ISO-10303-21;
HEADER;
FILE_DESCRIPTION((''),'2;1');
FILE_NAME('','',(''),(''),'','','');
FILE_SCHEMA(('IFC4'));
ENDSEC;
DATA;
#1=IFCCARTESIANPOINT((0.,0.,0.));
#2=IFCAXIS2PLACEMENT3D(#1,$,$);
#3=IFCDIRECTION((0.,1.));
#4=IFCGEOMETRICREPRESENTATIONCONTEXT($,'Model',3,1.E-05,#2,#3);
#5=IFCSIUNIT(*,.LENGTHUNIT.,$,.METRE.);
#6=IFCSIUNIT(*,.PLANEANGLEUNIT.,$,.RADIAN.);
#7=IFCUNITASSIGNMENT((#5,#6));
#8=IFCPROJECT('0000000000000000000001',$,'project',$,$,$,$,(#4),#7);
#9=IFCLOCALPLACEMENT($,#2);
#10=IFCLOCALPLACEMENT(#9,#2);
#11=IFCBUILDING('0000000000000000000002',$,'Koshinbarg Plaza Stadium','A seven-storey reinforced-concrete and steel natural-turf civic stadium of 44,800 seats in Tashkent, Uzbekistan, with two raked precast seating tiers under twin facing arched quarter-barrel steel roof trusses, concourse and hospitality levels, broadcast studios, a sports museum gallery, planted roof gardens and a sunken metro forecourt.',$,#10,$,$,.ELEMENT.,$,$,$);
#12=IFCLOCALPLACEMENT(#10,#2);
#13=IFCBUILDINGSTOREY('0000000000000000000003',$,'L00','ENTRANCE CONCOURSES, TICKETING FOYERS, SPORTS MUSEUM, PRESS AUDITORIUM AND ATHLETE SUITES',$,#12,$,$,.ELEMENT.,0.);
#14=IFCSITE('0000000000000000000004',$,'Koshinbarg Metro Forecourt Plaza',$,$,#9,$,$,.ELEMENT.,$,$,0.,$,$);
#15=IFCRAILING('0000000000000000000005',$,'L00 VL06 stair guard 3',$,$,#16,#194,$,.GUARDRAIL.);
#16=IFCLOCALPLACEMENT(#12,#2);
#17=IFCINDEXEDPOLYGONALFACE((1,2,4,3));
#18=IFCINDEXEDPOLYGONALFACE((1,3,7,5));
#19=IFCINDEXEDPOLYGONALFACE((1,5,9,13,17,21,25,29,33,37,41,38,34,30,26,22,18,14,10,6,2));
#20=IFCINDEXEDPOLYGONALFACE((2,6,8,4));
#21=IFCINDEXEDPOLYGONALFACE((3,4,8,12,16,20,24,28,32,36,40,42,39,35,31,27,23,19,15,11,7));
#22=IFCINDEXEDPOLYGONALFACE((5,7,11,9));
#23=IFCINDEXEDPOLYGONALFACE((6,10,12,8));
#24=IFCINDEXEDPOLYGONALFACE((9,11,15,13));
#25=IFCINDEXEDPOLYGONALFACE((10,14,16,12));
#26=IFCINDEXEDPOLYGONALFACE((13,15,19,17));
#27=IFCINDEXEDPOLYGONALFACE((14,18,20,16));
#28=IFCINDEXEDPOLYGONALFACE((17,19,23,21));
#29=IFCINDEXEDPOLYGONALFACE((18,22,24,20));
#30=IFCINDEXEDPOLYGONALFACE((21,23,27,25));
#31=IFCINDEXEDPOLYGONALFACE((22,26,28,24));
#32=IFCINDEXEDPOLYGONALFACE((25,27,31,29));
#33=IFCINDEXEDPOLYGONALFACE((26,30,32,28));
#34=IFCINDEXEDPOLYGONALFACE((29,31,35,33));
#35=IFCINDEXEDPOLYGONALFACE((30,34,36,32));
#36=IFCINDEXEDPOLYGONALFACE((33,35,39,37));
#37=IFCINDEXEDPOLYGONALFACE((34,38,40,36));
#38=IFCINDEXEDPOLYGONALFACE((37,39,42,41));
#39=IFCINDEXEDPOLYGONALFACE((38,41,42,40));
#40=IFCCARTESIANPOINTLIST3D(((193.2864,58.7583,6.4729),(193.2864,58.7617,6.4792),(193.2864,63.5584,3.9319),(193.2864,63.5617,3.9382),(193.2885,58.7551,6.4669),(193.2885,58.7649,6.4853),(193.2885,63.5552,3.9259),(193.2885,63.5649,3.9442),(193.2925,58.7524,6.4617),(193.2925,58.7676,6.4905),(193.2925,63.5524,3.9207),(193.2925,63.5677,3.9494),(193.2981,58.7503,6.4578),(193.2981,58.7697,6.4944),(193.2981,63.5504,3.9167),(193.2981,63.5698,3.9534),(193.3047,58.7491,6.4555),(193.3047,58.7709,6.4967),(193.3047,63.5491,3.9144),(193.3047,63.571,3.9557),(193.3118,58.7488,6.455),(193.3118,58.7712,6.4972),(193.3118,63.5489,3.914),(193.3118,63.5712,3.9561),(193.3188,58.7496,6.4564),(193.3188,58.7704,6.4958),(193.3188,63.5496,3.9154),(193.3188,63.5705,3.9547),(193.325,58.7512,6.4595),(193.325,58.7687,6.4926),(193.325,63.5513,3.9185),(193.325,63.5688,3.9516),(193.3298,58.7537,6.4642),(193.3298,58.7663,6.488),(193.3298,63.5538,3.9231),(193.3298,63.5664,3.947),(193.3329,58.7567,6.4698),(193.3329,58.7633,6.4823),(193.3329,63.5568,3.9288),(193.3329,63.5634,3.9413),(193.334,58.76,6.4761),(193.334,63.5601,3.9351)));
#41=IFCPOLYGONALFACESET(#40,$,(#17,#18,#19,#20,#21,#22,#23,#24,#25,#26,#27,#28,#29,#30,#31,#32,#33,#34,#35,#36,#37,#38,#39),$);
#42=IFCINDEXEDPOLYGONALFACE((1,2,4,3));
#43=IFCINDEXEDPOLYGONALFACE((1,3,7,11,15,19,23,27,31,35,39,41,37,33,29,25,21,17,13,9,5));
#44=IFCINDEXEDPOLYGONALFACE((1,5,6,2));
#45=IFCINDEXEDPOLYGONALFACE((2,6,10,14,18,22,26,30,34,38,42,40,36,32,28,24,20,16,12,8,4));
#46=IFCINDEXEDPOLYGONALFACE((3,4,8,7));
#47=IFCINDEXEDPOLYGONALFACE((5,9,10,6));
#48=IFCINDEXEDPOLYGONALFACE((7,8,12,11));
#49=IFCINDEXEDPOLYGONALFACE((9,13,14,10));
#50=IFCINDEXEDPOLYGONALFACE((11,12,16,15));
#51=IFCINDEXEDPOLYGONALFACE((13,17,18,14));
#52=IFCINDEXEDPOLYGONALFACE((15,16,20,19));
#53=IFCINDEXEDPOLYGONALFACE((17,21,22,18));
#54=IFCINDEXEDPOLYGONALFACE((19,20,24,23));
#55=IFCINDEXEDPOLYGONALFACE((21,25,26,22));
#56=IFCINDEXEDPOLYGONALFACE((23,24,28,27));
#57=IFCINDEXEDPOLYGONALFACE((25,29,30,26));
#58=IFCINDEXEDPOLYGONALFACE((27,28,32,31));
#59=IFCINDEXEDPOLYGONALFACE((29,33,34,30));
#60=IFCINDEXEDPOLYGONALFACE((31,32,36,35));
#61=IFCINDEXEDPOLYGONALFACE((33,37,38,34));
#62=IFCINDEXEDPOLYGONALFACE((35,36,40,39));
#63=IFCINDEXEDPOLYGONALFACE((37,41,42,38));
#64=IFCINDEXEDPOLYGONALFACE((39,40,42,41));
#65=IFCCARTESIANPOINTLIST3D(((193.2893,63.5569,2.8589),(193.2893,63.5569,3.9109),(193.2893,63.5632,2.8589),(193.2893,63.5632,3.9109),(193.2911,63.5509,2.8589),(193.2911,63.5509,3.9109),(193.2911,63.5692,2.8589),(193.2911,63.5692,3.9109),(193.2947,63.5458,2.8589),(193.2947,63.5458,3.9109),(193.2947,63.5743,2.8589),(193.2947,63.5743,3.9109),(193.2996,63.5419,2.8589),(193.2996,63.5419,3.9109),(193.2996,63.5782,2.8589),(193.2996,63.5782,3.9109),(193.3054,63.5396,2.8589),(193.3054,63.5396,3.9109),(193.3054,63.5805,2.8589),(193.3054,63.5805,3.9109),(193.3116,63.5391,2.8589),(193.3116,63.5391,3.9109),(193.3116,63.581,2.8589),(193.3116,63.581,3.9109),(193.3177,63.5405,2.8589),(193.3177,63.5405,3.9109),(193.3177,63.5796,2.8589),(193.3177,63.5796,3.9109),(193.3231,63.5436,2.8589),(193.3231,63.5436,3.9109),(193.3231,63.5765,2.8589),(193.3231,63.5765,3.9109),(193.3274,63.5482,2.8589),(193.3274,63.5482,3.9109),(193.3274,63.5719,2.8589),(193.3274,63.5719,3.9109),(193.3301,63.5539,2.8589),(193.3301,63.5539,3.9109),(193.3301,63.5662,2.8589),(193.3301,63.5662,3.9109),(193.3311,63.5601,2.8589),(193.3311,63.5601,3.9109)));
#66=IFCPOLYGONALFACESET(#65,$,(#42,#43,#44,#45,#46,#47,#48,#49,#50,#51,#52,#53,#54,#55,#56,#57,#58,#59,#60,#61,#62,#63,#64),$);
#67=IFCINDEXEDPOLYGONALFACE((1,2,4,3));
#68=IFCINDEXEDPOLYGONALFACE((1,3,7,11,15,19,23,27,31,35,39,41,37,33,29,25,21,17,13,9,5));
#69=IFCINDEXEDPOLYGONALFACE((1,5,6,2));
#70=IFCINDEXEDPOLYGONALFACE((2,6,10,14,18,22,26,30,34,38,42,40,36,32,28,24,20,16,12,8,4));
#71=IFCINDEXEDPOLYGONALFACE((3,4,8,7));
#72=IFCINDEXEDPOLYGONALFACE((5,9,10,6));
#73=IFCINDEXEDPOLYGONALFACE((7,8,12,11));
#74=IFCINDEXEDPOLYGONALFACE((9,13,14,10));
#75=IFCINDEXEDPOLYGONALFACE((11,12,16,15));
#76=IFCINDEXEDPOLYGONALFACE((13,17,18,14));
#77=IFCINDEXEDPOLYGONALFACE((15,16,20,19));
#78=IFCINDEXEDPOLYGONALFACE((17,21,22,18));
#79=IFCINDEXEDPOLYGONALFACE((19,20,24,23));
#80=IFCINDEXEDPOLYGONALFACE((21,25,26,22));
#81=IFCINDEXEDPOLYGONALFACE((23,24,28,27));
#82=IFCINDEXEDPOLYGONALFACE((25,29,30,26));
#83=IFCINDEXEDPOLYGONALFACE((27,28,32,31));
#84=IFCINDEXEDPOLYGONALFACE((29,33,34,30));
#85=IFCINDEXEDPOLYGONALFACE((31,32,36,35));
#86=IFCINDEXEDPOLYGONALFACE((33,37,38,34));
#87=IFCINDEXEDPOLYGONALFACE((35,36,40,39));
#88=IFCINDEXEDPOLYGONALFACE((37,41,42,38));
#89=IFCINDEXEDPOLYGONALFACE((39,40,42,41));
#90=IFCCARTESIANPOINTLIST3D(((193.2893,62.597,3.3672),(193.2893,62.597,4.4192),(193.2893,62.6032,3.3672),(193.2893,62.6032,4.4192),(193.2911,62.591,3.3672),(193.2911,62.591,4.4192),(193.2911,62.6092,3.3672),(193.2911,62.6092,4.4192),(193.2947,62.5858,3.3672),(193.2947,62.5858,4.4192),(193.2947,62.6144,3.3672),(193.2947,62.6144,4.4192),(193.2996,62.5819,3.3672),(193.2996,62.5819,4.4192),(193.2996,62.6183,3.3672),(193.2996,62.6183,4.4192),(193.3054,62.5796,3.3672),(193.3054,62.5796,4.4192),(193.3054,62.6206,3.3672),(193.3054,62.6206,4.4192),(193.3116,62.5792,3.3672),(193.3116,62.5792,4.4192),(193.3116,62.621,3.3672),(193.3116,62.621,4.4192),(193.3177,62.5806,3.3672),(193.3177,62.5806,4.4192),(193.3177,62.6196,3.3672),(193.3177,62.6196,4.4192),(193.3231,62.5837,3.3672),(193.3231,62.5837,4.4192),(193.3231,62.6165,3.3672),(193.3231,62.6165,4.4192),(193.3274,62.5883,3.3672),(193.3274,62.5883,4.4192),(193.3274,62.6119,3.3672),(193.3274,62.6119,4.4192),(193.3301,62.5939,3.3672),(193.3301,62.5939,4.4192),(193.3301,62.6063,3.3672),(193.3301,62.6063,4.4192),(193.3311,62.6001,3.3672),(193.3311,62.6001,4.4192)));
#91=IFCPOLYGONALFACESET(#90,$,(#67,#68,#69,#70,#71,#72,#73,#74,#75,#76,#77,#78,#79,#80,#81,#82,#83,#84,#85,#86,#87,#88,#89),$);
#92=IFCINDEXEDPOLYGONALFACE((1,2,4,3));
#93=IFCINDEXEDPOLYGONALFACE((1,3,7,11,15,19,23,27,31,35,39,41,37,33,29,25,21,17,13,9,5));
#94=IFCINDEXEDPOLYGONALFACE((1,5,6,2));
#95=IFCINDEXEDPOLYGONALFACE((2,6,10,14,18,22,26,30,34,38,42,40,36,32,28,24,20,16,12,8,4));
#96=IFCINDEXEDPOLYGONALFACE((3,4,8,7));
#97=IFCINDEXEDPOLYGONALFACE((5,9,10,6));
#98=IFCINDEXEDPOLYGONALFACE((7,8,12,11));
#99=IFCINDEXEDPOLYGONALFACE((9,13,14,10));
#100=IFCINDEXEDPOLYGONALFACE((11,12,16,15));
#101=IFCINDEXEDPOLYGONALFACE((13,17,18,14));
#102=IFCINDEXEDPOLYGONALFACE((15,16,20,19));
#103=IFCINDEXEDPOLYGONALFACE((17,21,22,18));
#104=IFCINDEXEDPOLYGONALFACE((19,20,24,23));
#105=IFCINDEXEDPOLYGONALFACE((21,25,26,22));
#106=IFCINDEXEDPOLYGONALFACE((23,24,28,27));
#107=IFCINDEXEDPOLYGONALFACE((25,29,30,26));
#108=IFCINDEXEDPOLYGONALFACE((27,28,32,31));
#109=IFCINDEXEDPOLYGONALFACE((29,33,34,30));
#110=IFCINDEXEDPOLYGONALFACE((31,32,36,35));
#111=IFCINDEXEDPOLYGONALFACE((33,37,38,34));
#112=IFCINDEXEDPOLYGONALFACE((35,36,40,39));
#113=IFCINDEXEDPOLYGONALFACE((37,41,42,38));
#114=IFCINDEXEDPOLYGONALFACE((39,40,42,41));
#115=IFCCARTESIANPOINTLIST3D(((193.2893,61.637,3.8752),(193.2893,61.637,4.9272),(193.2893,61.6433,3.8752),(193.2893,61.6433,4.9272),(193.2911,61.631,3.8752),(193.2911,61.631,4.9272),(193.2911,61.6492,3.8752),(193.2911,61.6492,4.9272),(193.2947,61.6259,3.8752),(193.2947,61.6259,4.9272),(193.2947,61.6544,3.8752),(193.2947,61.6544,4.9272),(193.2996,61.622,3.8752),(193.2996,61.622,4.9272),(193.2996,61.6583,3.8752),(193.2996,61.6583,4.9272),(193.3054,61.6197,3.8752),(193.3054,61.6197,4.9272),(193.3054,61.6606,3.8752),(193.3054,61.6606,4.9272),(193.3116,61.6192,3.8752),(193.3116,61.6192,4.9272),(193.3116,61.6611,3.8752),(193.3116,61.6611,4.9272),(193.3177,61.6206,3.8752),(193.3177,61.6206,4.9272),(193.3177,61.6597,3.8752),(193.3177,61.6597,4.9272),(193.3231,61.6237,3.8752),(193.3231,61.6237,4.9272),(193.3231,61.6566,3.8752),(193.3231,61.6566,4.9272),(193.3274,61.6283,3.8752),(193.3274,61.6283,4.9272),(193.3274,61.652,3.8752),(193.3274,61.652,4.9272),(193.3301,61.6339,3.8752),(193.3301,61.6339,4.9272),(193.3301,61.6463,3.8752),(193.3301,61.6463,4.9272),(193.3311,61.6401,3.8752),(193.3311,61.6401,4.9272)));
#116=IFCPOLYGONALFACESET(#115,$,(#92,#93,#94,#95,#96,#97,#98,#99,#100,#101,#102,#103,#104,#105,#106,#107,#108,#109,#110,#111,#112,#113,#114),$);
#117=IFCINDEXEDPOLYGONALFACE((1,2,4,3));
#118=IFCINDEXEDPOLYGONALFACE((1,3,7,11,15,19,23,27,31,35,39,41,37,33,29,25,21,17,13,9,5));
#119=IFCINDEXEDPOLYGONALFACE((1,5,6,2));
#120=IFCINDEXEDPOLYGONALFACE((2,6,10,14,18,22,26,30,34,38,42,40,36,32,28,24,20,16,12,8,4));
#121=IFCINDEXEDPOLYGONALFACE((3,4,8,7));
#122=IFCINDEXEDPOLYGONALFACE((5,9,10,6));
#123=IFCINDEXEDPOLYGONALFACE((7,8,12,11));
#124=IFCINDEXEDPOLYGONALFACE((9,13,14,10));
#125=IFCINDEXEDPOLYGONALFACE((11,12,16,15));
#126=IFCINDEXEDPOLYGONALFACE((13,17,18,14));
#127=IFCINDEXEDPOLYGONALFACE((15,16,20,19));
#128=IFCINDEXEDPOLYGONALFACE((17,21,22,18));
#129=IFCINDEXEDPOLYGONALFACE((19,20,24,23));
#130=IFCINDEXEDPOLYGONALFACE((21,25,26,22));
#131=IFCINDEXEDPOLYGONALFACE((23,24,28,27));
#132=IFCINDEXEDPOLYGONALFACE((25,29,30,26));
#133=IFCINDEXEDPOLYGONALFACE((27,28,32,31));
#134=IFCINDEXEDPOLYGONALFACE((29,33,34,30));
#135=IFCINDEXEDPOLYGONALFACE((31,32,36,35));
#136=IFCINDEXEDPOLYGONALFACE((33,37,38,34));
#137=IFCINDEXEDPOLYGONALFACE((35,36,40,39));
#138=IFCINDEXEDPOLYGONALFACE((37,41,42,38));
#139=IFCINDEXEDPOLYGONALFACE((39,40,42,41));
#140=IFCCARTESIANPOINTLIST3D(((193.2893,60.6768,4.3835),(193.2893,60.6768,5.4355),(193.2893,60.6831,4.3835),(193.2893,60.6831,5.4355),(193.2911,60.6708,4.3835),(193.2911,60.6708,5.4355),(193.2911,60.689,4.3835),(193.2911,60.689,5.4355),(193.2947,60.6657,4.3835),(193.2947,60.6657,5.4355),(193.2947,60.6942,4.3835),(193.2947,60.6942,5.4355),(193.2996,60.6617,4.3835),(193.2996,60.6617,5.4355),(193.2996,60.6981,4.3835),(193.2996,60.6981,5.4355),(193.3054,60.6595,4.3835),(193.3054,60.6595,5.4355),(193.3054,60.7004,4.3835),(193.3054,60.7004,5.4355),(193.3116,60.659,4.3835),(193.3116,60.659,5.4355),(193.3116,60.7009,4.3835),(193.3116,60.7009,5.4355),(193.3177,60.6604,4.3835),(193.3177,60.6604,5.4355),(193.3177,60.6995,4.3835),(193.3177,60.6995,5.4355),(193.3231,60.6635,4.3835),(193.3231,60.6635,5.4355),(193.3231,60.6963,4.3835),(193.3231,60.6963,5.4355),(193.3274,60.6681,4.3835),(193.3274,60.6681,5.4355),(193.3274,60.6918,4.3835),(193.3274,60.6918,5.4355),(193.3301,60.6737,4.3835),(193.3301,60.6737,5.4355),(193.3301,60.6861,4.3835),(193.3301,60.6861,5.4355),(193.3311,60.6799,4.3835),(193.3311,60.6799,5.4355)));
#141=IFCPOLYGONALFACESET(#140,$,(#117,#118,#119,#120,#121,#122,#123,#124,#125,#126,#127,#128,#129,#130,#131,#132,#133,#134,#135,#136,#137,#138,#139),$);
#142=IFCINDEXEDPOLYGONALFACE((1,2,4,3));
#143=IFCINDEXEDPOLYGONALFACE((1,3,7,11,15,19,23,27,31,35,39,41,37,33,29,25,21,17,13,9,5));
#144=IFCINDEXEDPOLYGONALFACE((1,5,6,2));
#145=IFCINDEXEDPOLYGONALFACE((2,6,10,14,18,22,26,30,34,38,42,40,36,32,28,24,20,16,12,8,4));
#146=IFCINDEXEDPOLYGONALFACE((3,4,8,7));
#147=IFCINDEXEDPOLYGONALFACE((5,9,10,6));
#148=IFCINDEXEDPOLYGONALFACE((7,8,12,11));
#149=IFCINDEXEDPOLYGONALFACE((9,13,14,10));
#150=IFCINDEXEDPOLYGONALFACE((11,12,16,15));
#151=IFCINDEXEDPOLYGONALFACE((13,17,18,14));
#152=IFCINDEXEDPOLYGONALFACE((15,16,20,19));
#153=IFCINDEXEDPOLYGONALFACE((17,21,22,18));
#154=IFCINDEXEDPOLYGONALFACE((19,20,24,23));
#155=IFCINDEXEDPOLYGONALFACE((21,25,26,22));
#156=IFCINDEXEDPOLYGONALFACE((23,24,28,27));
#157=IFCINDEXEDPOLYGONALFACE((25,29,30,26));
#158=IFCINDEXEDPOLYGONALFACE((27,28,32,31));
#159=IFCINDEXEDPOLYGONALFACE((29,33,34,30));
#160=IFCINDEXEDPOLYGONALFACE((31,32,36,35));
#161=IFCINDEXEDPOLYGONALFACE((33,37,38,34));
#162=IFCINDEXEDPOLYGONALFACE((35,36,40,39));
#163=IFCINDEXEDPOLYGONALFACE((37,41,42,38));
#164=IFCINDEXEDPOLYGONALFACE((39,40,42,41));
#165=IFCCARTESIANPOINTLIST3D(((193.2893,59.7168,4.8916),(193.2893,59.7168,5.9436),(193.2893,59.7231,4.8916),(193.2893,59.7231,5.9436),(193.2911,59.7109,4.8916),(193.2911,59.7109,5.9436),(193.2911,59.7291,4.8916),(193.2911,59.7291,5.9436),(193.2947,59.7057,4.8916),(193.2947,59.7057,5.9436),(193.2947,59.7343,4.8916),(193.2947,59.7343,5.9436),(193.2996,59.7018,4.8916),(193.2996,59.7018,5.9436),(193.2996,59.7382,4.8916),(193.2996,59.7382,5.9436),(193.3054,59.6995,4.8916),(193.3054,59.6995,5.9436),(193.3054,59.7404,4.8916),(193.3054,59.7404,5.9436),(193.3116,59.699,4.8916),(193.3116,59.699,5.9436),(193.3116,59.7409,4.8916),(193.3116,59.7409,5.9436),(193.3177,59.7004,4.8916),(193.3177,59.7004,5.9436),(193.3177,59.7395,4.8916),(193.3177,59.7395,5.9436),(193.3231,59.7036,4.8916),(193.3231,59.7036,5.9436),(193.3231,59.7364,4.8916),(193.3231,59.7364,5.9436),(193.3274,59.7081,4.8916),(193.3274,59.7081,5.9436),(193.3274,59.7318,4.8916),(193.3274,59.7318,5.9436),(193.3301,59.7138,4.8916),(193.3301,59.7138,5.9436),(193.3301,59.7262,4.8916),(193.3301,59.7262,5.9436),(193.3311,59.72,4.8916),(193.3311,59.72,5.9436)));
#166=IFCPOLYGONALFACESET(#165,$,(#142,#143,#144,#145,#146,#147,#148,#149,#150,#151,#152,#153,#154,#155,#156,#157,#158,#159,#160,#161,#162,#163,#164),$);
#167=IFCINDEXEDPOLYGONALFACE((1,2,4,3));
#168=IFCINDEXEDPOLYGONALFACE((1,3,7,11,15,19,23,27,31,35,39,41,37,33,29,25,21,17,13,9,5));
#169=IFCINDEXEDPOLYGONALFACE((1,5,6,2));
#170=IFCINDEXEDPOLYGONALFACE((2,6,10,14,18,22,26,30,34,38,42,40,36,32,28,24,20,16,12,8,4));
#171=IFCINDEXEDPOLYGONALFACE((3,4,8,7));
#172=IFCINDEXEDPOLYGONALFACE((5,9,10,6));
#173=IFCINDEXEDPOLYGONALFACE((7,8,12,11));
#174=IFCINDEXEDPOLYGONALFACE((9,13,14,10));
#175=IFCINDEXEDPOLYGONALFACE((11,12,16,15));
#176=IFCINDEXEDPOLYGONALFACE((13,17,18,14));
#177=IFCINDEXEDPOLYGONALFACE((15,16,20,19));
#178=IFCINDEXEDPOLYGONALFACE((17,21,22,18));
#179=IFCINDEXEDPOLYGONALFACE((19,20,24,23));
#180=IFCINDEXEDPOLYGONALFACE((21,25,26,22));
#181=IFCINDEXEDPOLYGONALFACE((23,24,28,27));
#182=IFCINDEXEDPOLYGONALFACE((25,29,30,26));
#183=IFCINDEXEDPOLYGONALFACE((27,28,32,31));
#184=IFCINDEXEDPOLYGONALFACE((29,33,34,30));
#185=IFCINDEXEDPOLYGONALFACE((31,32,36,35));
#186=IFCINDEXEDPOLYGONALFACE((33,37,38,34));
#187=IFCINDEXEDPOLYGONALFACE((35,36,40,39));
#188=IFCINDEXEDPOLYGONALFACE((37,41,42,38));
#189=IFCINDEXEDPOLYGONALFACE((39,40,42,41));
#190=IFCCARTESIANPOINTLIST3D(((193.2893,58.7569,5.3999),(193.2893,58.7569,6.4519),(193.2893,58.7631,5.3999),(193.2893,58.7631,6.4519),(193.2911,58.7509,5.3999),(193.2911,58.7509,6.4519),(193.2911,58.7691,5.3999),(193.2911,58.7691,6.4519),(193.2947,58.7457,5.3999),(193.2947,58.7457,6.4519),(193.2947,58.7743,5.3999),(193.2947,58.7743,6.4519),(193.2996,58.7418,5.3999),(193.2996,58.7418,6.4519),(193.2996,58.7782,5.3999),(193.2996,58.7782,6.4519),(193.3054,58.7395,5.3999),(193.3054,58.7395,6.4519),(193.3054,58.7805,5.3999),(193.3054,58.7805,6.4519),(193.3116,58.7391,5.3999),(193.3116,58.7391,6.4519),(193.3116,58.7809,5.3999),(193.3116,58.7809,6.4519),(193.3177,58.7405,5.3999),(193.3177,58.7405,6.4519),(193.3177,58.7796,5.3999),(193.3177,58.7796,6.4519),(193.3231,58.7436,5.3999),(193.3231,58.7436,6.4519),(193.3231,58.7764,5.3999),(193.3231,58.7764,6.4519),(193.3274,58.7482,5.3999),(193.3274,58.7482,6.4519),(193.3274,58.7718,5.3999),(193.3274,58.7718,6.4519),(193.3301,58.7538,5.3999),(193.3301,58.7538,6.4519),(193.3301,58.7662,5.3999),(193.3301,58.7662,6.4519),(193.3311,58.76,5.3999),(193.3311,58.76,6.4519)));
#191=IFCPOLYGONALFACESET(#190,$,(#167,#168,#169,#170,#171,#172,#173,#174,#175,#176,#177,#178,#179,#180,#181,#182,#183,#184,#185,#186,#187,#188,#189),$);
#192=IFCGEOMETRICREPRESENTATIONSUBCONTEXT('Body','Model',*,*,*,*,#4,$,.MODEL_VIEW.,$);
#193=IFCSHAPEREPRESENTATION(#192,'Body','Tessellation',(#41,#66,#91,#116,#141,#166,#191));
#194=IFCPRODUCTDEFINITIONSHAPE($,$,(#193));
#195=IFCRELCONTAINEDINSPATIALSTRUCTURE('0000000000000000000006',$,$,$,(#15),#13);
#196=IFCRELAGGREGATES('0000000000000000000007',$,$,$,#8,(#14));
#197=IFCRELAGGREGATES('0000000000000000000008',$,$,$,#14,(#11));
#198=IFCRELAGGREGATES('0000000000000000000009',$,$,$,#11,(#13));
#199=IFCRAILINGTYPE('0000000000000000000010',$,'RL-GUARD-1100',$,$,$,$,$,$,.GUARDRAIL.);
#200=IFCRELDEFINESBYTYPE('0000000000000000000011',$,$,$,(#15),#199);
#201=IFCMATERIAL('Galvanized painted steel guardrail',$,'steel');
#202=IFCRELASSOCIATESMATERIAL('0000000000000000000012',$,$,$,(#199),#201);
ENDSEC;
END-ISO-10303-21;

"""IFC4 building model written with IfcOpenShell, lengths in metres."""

from ifc_helpers import new_model, si_unit, direction, frame, origin, origin_2d, place, context, subcontext, project, spatial, circle, extrude, material, type_object, element, save


model = new_model("IFC4")

# Units and contexts
model_context = context("Model", 3, precision=1e-05, world=origin(), true_north=direction((0.0, 1.0)))
body_context = subcontext(model_context, "Body", "Model", "MODEL_VIEW")
ifc_project = project(units=[si_unit("LENGTHUNIT", "METRE"), si_unit("PLANEANGLEUNIT", "RADIAN")], contexts=[model_context])

# Site, building, storey
site_placement = place(None, origin())
site = spatial("IfcSite", under=ifc_project, at=site_placement, Name="Koshinbarg Metro Forecourt Plaza", CompositionType="ELEMENT", RefElevation=0.0)
building_placement = place(site_placement, origin())
building = spatial("IfcBuilding", under=site, at=building_placement, Name="Koshinbarg Plaza Stadium", Description="A seven-storey reinforced-concrete and steel natural-turf civic stadium of 44,800 seats in Tashkent, Uzbekistan, with two raked precast seating tiers under twin facing arched quarter-barrel steel roof trusses, concourse and hospitality levels, broadcast studios, a sports museum gallery, planted roof gardens and a sunken metro forecourt.", CompositionType="ELEMENT")
storey_placement = place(building_placement, origin())
storey = spatial("IfcBuildingStorey", under=building, at=storey_placement, Name="L00", Description="ENTRANCE CONCOURSES, TICKETING FOYERS, SPORTS MUSEUM, PRESS AUDITORIUM AND ATHLETE SUITES", CompositionType="ELEMENT", Elevation=0.0)

# Railing
ifc_material_1 = material(Name="Galvanized painted steel guardrail", Category="steel")
railing_type_1 = type_object("IfcRailingType", Name="RL-GUARD-1100", PredefinedType="GUARDRAIL", material=ifc_material_1)
railing_1_placement = place(storey_placement, frame((193.3101, 63.5601, 2.8589)))
element("IfcRailing", 1, at=railing_1_placement, inside=storey, type_object=railing_type_1, Name="L00 VL06 stair guard 3", PredefinedType="GUARDRAIL", context=body_context, shape_type="SweptSolid", body=[
    extrude(circle(Radius=0.0239, at=origin_2d()), frame((0.0, 0.0, 1.0762), z_axis=(0.0, -0.883802, 0.467861), x_axis=(1.0, 0.0, 0.0)), (0.0, 0.0, 1.0), 5.4312),
    extrude(circle(Radius=0.021, at=origin_2d()), origin(), (0.0, 0.0, 1.0), 1.052),
    extrude(circle(Radius=0.021, at=origin_2d()), frame((0.0, -0.96, 0.5083)), (0.0, 0.0, 1.0), 1.052),
    extrude(circle(Radius=0.021, at=origin_2d()), frame((0.0, -1.9199, 1.0164)), (0.0, 0.0, 1.0), 1.052),
    extrude(circle(Radius=0.021, at=origin_2d()), frame((0.0, -2.8801, 1.5247)), (0.0, 0.0, 1.0), 1.052),
    extrude(circle(Radius=0.021, at=origin_2d()), frame((0.0, -3.8401, 2.0327)), (0.0, 0.0, 1.0), 1.052),
    extrude(circle(Radius=0.021, at=origin_2d()), frame((0.0, -4.8, 2.541)), (0.0, 0.0, 1.0), 1.052),
])

save(model, "model.ifc")
